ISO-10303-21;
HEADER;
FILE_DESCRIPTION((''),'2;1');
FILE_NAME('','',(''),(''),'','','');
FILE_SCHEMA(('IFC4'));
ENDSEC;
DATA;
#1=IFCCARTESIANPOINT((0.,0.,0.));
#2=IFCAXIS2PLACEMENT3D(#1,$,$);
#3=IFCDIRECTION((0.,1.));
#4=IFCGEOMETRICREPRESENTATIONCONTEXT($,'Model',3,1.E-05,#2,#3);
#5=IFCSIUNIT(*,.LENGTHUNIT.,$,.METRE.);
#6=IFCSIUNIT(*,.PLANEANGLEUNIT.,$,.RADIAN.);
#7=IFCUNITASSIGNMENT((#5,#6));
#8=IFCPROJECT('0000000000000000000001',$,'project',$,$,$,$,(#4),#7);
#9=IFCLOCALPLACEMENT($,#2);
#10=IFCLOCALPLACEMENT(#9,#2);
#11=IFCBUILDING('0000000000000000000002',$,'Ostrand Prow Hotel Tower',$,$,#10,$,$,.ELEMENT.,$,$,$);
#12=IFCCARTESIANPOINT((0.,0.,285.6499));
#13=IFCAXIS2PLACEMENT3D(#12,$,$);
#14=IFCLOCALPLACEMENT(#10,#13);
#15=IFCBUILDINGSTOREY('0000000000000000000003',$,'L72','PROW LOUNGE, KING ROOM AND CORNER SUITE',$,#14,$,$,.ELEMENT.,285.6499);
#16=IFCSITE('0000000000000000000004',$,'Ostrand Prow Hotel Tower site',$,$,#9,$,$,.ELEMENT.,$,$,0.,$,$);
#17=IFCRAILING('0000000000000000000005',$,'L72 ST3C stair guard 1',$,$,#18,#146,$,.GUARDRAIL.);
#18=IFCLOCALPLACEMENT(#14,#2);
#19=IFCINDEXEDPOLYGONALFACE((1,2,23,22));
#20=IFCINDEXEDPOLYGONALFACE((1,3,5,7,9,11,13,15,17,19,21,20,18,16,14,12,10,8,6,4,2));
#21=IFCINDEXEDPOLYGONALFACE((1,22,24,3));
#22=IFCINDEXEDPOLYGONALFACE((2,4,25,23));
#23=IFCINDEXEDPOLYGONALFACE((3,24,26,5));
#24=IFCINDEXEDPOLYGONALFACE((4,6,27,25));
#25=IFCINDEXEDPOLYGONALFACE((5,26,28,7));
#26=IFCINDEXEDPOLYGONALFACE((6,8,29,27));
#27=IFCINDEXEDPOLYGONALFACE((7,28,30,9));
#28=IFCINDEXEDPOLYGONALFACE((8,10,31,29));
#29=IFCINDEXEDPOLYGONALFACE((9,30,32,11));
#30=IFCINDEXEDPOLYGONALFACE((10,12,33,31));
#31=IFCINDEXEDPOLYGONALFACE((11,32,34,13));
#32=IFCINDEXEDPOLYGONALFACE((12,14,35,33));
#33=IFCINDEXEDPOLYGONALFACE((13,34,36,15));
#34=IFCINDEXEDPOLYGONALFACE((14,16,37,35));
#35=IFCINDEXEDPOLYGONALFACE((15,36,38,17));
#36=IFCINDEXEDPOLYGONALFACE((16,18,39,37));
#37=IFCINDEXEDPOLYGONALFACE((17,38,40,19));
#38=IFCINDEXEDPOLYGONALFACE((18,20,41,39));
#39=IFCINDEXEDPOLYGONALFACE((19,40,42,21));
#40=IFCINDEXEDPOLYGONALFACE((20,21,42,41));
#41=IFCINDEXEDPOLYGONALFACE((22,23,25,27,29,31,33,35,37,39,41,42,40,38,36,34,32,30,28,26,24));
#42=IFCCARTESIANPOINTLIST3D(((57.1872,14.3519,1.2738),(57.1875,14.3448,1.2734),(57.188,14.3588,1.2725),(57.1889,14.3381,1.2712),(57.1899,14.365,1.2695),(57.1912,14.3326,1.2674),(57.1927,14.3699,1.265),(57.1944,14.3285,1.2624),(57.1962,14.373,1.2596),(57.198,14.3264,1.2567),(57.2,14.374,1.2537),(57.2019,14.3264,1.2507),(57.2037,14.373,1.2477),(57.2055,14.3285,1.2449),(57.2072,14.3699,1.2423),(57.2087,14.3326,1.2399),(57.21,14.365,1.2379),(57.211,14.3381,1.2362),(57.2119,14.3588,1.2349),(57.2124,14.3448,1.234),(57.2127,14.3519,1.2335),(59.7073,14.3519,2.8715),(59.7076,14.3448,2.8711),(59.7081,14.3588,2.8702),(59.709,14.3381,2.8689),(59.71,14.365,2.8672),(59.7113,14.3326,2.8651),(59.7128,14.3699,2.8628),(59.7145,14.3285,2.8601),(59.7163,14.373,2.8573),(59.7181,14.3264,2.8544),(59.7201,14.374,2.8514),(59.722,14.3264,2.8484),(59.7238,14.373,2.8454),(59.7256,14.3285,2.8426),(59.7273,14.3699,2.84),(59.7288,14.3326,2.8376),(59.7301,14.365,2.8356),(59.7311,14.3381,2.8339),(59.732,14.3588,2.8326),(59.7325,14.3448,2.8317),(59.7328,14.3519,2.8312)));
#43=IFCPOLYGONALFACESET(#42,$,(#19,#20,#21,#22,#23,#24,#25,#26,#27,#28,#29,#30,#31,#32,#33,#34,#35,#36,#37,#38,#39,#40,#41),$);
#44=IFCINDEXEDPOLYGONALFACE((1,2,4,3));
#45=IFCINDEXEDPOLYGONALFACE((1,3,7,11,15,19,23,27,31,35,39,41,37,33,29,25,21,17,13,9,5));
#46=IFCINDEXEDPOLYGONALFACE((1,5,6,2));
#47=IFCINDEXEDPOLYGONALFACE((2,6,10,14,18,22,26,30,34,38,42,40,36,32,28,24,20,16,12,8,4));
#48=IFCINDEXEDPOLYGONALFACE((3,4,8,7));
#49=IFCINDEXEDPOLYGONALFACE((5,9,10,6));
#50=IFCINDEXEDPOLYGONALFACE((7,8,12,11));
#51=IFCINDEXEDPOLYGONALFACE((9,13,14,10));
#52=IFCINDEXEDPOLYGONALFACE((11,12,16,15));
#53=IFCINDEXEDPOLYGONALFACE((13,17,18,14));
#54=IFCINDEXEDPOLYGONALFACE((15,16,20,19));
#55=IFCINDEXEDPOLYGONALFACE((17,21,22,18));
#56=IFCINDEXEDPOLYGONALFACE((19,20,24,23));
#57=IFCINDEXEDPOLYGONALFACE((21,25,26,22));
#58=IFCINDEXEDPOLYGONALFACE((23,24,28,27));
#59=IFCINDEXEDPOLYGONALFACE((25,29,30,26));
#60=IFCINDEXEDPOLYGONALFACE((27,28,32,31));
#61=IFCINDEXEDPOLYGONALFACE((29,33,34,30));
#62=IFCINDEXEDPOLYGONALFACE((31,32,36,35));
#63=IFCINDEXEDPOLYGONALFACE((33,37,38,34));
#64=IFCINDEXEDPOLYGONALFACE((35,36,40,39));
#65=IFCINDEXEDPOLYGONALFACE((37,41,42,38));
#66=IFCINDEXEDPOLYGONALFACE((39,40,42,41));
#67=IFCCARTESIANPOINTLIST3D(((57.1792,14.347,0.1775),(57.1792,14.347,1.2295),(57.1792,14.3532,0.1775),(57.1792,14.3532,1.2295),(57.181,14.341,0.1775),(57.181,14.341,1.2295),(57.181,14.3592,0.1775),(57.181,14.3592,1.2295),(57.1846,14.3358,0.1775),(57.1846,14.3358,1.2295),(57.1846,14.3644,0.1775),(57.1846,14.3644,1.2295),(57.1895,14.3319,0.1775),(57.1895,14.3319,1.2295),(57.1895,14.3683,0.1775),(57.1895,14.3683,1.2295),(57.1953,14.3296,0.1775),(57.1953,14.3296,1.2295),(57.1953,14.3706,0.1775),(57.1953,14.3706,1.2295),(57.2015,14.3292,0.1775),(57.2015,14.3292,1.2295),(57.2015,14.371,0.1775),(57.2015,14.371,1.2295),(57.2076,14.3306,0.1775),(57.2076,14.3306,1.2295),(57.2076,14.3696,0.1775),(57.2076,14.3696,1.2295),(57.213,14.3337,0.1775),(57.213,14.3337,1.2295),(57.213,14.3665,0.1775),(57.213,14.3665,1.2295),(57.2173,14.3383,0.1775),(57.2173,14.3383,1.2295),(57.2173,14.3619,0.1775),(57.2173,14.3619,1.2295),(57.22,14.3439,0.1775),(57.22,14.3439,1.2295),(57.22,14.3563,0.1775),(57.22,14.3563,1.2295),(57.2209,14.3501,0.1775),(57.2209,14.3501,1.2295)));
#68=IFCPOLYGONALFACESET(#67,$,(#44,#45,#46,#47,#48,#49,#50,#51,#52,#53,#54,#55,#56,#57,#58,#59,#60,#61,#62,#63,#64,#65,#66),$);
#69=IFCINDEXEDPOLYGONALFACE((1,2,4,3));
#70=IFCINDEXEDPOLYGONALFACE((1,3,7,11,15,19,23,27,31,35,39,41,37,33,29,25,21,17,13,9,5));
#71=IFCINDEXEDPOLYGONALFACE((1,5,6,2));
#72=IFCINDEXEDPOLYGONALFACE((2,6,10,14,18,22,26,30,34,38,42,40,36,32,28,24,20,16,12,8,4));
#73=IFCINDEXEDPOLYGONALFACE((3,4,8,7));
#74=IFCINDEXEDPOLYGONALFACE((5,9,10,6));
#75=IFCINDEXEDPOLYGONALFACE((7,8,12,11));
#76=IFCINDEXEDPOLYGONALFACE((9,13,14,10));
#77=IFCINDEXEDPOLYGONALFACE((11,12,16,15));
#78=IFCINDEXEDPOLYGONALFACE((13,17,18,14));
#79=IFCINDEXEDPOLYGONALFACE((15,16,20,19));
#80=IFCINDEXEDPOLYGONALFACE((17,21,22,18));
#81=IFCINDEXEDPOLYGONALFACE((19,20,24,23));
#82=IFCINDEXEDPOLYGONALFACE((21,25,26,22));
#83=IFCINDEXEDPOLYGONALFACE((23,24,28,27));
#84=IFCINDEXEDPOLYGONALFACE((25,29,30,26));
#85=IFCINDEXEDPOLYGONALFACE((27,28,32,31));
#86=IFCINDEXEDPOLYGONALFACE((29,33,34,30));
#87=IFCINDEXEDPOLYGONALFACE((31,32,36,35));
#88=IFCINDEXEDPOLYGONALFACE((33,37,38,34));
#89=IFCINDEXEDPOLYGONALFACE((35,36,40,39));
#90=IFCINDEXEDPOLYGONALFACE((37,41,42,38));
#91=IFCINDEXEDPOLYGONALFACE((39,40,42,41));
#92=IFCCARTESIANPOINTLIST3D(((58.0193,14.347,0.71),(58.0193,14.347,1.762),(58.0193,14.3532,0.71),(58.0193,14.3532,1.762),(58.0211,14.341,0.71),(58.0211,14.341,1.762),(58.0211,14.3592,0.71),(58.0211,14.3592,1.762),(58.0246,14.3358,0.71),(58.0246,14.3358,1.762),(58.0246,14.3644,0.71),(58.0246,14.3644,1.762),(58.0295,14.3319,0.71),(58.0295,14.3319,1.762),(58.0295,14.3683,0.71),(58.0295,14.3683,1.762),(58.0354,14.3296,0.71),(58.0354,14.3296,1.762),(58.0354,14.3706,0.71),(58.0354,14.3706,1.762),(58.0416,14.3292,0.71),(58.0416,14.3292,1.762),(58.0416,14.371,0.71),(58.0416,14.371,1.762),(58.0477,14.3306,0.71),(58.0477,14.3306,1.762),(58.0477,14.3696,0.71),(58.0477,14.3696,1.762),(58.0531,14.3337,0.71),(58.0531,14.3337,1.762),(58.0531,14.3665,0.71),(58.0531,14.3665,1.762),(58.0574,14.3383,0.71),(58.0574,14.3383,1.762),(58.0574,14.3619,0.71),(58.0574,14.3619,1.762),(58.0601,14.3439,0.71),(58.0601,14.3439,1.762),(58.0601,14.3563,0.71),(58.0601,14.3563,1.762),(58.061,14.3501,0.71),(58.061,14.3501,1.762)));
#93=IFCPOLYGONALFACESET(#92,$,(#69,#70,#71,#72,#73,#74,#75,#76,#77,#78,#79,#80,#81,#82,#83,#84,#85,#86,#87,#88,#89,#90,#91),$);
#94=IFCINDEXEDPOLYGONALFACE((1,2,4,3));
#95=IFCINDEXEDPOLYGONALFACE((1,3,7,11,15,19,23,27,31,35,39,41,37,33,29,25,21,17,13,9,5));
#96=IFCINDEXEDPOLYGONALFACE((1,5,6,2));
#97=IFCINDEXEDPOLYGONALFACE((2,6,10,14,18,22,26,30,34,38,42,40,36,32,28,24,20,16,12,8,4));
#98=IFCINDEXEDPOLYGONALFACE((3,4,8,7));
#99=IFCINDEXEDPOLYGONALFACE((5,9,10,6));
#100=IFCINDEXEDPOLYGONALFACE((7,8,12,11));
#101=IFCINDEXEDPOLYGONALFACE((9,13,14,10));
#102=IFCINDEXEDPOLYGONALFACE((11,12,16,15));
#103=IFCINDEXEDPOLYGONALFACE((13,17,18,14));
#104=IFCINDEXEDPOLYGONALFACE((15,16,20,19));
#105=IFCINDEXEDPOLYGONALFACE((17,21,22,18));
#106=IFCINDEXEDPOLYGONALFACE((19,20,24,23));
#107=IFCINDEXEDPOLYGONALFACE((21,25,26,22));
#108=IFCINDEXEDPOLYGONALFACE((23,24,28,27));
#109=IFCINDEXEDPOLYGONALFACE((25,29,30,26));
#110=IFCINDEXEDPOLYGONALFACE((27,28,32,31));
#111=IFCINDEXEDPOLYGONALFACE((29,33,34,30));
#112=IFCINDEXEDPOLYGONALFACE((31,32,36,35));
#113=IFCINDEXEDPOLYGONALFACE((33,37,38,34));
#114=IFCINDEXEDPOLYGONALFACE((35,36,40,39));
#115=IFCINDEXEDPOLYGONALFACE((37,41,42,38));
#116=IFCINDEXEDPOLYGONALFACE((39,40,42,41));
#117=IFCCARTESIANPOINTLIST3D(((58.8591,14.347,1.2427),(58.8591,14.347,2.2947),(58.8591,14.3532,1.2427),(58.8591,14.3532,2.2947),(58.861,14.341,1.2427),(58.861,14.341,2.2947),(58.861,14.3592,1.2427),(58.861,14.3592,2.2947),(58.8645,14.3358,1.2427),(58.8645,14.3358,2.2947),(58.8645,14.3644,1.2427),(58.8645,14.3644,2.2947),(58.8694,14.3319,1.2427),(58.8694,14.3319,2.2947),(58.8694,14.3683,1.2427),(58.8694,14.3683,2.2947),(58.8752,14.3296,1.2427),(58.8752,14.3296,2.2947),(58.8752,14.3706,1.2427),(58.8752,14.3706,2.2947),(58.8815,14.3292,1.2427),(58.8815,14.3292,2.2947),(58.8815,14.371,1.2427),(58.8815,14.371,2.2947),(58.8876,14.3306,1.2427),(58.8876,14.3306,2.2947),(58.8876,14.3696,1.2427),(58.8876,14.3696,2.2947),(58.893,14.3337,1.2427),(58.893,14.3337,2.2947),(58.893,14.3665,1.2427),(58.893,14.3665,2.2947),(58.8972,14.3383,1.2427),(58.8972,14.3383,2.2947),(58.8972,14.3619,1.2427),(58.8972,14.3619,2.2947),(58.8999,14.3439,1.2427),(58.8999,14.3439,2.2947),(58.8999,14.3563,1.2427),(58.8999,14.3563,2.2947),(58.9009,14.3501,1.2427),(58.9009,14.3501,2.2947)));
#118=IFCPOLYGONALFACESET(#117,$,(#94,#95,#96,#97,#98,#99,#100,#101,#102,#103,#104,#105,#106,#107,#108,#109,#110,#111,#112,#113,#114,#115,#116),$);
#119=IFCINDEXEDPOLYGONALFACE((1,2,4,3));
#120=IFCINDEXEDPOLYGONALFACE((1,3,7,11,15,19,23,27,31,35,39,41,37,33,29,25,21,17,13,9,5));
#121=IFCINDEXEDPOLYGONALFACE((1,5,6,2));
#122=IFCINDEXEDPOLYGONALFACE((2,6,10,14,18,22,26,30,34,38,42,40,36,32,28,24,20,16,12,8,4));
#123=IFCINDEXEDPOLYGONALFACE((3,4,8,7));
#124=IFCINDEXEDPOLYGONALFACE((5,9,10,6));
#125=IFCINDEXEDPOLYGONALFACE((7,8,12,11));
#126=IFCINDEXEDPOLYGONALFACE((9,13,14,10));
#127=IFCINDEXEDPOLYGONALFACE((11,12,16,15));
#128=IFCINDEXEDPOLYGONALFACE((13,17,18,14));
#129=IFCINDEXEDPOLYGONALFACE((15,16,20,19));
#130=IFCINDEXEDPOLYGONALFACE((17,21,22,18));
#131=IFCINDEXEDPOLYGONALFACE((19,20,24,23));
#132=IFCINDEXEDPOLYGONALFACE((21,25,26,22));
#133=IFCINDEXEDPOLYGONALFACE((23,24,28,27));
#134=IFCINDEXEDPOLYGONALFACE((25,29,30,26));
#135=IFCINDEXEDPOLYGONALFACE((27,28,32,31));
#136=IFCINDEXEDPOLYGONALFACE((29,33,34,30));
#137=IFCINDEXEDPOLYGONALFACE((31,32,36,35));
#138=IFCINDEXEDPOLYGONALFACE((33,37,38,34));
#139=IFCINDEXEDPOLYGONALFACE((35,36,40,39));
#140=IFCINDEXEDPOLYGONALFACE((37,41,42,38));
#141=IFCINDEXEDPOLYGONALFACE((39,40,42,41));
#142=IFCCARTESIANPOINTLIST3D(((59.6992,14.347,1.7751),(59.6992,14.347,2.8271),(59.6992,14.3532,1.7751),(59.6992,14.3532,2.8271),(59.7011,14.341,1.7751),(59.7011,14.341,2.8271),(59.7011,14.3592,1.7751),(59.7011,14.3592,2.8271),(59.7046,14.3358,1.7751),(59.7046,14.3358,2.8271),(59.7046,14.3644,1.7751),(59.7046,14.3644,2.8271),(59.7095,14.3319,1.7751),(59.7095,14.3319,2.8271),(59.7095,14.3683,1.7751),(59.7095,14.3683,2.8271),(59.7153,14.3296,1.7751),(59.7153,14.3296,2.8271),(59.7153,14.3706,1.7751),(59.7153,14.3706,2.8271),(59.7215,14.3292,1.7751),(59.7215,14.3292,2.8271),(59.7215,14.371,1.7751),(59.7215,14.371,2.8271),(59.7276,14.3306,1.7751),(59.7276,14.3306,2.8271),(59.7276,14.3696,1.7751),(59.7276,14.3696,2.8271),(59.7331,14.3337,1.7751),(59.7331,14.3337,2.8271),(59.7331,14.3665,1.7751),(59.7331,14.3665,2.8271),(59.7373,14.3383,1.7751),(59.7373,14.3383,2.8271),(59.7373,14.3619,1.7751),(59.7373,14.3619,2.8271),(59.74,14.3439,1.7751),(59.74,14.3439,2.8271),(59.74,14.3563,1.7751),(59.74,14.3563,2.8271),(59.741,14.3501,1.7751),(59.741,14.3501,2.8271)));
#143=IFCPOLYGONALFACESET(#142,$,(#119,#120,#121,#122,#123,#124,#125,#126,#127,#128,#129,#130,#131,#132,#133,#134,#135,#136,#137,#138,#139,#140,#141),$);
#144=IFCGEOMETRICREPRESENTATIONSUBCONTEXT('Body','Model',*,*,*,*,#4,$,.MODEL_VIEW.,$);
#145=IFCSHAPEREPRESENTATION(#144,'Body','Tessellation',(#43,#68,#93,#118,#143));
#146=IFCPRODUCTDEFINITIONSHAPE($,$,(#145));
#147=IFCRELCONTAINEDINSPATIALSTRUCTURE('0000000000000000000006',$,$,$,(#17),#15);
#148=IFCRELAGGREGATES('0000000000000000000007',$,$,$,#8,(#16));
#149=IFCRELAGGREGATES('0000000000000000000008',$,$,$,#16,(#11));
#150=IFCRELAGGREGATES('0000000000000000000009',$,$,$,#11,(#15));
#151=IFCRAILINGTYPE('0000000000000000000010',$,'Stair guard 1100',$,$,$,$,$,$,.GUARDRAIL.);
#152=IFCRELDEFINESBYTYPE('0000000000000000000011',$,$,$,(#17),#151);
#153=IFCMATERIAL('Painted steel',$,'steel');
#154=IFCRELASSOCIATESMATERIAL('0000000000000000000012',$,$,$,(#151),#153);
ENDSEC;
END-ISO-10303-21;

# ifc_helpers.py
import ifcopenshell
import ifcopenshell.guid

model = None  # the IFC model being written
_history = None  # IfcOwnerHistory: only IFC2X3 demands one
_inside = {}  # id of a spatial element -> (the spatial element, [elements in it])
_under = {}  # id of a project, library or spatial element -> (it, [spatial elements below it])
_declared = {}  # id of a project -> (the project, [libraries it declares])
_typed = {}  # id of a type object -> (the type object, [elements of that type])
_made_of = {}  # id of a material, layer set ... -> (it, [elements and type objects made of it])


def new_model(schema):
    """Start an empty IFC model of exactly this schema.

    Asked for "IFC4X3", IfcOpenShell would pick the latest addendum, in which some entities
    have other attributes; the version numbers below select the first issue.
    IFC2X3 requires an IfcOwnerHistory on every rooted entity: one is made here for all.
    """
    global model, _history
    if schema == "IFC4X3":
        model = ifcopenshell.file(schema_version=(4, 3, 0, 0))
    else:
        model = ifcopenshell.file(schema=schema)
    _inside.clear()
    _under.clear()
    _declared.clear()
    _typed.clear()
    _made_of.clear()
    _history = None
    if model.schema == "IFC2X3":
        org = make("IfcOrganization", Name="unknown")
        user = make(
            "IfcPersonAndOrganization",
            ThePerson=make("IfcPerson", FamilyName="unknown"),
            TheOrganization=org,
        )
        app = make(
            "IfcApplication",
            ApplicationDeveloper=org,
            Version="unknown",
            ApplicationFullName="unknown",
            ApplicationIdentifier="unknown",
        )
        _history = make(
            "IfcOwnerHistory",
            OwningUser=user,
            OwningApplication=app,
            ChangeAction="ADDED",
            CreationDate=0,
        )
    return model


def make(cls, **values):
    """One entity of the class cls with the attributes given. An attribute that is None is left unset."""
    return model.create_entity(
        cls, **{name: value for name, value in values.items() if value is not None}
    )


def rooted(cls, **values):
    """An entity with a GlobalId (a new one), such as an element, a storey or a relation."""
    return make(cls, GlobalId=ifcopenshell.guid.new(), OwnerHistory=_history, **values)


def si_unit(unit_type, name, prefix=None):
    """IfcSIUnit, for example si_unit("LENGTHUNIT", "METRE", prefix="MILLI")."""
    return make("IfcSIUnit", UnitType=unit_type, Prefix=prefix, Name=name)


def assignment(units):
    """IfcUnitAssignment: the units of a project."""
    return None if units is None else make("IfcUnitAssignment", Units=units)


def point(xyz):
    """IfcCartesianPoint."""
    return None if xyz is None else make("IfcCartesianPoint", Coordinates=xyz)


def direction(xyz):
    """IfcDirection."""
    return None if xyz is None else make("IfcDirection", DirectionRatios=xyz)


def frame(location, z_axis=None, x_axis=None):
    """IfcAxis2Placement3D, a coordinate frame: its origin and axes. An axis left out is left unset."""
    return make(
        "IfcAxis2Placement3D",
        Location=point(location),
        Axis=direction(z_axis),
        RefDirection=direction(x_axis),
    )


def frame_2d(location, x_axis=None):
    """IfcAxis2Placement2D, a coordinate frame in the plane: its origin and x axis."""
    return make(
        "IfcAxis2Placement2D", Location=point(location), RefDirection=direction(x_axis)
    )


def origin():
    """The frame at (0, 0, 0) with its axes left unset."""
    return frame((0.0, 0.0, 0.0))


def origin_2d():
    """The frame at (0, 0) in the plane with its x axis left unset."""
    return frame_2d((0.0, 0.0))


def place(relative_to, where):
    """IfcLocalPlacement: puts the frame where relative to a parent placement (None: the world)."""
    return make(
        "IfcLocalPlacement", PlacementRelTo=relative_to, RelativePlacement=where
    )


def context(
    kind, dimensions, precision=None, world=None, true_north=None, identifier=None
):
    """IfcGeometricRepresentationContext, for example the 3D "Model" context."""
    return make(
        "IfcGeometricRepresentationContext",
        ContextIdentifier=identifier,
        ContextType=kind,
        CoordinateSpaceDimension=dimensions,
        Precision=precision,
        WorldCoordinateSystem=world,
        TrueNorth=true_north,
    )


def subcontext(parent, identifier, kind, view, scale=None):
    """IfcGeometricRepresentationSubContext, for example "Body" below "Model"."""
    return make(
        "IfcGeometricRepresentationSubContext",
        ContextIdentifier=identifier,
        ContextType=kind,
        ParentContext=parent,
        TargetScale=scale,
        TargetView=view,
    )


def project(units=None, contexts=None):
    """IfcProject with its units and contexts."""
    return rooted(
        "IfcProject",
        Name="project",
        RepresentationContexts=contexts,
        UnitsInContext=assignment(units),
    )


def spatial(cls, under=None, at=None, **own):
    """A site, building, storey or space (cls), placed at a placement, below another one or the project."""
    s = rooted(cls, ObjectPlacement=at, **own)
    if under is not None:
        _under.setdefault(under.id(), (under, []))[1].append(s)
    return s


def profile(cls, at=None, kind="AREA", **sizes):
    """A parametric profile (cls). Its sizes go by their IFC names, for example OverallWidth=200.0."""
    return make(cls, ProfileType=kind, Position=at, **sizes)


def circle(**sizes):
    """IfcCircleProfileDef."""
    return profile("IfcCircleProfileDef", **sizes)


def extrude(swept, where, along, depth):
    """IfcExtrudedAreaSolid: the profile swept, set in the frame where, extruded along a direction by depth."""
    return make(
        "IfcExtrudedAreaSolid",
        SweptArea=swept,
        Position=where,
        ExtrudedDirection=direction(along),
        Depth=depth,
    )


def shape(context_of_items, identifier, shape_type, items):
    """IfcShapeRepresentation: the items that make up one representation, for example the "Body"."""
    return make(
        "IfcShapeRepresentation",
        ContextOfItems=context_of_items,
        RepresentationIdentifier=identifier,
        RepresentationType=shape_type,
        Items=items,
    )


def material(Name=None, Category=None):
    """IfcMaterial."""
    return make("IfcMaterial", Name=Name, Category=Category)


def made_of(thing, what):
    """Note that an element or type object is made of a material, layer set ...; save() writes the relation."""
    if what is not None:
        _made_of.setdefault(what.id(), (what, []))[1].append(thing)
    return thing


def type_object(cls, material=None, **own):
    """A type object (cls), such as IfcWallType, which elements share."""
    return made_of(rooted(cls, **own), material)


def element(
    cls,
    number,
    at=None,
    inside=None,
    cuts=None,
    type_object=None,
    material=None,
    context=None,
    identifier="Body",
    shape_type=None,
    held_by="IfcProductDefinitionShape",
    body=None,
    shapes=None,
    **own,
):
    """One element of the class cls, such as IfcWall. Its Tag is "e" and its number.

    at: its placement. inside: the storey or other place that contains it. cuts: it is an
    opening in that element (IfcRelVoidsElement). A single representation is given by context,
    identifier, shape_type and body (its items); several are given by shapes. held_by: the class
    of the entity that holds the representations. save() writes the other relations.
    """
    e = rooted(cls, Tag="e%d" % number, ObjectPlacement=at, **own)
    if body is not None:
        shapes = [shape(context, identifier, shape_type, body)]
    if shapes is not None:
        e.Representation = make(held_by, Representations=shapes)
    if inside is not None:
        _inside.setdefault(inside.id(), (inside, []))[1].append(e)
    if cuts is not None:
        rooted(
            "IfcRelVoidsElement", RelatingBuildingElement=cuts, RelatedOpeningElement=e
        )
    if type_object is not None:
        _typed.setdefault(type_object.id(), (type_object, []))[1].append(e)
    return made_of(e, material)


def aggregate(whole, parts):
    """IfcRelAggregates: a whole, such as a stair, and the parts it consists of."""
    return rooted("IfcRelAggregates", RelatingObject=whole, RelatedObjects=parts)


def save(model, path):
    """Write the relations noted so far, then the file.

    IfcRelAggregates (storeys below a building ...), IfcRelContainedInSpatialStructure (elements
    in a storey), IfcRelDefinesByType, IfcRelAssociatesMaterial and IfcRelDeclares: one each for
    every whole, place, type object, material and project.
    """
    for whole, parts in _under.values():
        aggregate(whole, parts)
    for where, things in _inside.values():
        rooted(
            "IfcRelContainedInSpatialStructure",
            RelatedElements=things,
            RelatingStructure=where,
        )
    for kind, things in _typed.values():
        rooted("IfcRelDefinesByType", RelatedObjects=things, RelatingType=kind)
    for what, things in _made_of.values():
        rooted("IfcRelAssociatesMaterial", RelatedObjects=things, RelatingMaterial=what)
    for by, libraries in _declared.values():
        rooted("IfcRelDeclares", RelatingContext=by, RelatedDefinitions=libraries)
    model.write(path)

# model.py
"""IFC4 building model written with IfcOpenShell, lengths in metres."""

from ifc_helpers import new_model, si_unit, direction, frame, origin, origin_2d, place, context, subcontext, project, spatial, circle, extrude, material, type_object, element, save


model = new_model("IFC4")

# Units and contexts
model_context = context("Model", 3, precision=1e-05, world=origin(), true_north=direction((0.0, 1.0)))
body_context = subcontext(model_context, "Body", "Model", "MODEL_VIEW")
ifc_project = project(units=[si_unit("LENGTHUNIT", "METRE"), si_unit("PLANEANGLEUNIT", "RADIAN")], contexts=[model_context])

# Site, building, storey
site_placement = place(None, origin())
site = spatial("IfcSite", under=ifc_project, at=site_placement, Name="Ostrand Prow Hotel Tower site", CompositionType="ELEMENT", RefElevation=0.0)
building_placement = place(site_placement, origin())
building = spatial("IfcBuilding", under=site, at=building_placement, Name="Ostrand Prow Hotel Tower", CompositionType="ELEMENT")
storey_placement = place(building_placement, frame((0.0, 0.0, 285.6499)))
storey = spatial("IfcBuildingStorey", under=building, at=storey_placement, Name="L72", Description="PROW LOUNGE, KING ROOM AND CORNER SUITE", CompositionType="ELEMENT", Elevation=285.6499)

# Railing
ifc_material_1 = material(Name="Painted steel", Category="steel")
railing_type_1 = type_object("IfcRailingType", Name="Stair guard 1100", PredefinedType="GUARDRAIL", material=ifc_material_1)
railing_1_placement = place(storey_placement, frame((57.2, 14.3501, 0.1775)))
element("IfcRailing", 1, at=railing_1_placement, inside=storey, type_object=railing_type_1, Name="L72 ST3C stair guard 1", PredefinedType="GUARDRAIL", context=body_context, shape_type="SweptSolid", body=[
    extrude(circle(Radius=0.0239, at=origin_2d()), frame((0.0, 0.0, 1.0762), z_axis=(0.84457, 0.0, 0.535445), x_axis=(0.0, 1.0, 0.0)), (0.0, 0.0, 1.0), 2.9839),
    extrude(circle(Radius=0.021, at=origin_2d()), origin(), (0.0, 0.0, 1.0), 1.052),
    extrude(circle(Radius=0.021, at=origin_2d()), frame((0.8401, 0.0, 0.5325)), (0.0, 0.0, 1.0), 1.052),
    extrude(circle(Radius=0.021, at=origin_2d()), frame((1.6799, 0.0, 1.0652)), (0.0, 0.0, 1.0), 1.052),
    extrude(circle(Radius=0.021, at=origin_2d()), frame((2.52, 0.0, 1.5977)), (0.0, 0.0, 1.0), 1.052),
])

save(model, "model.ifc")
